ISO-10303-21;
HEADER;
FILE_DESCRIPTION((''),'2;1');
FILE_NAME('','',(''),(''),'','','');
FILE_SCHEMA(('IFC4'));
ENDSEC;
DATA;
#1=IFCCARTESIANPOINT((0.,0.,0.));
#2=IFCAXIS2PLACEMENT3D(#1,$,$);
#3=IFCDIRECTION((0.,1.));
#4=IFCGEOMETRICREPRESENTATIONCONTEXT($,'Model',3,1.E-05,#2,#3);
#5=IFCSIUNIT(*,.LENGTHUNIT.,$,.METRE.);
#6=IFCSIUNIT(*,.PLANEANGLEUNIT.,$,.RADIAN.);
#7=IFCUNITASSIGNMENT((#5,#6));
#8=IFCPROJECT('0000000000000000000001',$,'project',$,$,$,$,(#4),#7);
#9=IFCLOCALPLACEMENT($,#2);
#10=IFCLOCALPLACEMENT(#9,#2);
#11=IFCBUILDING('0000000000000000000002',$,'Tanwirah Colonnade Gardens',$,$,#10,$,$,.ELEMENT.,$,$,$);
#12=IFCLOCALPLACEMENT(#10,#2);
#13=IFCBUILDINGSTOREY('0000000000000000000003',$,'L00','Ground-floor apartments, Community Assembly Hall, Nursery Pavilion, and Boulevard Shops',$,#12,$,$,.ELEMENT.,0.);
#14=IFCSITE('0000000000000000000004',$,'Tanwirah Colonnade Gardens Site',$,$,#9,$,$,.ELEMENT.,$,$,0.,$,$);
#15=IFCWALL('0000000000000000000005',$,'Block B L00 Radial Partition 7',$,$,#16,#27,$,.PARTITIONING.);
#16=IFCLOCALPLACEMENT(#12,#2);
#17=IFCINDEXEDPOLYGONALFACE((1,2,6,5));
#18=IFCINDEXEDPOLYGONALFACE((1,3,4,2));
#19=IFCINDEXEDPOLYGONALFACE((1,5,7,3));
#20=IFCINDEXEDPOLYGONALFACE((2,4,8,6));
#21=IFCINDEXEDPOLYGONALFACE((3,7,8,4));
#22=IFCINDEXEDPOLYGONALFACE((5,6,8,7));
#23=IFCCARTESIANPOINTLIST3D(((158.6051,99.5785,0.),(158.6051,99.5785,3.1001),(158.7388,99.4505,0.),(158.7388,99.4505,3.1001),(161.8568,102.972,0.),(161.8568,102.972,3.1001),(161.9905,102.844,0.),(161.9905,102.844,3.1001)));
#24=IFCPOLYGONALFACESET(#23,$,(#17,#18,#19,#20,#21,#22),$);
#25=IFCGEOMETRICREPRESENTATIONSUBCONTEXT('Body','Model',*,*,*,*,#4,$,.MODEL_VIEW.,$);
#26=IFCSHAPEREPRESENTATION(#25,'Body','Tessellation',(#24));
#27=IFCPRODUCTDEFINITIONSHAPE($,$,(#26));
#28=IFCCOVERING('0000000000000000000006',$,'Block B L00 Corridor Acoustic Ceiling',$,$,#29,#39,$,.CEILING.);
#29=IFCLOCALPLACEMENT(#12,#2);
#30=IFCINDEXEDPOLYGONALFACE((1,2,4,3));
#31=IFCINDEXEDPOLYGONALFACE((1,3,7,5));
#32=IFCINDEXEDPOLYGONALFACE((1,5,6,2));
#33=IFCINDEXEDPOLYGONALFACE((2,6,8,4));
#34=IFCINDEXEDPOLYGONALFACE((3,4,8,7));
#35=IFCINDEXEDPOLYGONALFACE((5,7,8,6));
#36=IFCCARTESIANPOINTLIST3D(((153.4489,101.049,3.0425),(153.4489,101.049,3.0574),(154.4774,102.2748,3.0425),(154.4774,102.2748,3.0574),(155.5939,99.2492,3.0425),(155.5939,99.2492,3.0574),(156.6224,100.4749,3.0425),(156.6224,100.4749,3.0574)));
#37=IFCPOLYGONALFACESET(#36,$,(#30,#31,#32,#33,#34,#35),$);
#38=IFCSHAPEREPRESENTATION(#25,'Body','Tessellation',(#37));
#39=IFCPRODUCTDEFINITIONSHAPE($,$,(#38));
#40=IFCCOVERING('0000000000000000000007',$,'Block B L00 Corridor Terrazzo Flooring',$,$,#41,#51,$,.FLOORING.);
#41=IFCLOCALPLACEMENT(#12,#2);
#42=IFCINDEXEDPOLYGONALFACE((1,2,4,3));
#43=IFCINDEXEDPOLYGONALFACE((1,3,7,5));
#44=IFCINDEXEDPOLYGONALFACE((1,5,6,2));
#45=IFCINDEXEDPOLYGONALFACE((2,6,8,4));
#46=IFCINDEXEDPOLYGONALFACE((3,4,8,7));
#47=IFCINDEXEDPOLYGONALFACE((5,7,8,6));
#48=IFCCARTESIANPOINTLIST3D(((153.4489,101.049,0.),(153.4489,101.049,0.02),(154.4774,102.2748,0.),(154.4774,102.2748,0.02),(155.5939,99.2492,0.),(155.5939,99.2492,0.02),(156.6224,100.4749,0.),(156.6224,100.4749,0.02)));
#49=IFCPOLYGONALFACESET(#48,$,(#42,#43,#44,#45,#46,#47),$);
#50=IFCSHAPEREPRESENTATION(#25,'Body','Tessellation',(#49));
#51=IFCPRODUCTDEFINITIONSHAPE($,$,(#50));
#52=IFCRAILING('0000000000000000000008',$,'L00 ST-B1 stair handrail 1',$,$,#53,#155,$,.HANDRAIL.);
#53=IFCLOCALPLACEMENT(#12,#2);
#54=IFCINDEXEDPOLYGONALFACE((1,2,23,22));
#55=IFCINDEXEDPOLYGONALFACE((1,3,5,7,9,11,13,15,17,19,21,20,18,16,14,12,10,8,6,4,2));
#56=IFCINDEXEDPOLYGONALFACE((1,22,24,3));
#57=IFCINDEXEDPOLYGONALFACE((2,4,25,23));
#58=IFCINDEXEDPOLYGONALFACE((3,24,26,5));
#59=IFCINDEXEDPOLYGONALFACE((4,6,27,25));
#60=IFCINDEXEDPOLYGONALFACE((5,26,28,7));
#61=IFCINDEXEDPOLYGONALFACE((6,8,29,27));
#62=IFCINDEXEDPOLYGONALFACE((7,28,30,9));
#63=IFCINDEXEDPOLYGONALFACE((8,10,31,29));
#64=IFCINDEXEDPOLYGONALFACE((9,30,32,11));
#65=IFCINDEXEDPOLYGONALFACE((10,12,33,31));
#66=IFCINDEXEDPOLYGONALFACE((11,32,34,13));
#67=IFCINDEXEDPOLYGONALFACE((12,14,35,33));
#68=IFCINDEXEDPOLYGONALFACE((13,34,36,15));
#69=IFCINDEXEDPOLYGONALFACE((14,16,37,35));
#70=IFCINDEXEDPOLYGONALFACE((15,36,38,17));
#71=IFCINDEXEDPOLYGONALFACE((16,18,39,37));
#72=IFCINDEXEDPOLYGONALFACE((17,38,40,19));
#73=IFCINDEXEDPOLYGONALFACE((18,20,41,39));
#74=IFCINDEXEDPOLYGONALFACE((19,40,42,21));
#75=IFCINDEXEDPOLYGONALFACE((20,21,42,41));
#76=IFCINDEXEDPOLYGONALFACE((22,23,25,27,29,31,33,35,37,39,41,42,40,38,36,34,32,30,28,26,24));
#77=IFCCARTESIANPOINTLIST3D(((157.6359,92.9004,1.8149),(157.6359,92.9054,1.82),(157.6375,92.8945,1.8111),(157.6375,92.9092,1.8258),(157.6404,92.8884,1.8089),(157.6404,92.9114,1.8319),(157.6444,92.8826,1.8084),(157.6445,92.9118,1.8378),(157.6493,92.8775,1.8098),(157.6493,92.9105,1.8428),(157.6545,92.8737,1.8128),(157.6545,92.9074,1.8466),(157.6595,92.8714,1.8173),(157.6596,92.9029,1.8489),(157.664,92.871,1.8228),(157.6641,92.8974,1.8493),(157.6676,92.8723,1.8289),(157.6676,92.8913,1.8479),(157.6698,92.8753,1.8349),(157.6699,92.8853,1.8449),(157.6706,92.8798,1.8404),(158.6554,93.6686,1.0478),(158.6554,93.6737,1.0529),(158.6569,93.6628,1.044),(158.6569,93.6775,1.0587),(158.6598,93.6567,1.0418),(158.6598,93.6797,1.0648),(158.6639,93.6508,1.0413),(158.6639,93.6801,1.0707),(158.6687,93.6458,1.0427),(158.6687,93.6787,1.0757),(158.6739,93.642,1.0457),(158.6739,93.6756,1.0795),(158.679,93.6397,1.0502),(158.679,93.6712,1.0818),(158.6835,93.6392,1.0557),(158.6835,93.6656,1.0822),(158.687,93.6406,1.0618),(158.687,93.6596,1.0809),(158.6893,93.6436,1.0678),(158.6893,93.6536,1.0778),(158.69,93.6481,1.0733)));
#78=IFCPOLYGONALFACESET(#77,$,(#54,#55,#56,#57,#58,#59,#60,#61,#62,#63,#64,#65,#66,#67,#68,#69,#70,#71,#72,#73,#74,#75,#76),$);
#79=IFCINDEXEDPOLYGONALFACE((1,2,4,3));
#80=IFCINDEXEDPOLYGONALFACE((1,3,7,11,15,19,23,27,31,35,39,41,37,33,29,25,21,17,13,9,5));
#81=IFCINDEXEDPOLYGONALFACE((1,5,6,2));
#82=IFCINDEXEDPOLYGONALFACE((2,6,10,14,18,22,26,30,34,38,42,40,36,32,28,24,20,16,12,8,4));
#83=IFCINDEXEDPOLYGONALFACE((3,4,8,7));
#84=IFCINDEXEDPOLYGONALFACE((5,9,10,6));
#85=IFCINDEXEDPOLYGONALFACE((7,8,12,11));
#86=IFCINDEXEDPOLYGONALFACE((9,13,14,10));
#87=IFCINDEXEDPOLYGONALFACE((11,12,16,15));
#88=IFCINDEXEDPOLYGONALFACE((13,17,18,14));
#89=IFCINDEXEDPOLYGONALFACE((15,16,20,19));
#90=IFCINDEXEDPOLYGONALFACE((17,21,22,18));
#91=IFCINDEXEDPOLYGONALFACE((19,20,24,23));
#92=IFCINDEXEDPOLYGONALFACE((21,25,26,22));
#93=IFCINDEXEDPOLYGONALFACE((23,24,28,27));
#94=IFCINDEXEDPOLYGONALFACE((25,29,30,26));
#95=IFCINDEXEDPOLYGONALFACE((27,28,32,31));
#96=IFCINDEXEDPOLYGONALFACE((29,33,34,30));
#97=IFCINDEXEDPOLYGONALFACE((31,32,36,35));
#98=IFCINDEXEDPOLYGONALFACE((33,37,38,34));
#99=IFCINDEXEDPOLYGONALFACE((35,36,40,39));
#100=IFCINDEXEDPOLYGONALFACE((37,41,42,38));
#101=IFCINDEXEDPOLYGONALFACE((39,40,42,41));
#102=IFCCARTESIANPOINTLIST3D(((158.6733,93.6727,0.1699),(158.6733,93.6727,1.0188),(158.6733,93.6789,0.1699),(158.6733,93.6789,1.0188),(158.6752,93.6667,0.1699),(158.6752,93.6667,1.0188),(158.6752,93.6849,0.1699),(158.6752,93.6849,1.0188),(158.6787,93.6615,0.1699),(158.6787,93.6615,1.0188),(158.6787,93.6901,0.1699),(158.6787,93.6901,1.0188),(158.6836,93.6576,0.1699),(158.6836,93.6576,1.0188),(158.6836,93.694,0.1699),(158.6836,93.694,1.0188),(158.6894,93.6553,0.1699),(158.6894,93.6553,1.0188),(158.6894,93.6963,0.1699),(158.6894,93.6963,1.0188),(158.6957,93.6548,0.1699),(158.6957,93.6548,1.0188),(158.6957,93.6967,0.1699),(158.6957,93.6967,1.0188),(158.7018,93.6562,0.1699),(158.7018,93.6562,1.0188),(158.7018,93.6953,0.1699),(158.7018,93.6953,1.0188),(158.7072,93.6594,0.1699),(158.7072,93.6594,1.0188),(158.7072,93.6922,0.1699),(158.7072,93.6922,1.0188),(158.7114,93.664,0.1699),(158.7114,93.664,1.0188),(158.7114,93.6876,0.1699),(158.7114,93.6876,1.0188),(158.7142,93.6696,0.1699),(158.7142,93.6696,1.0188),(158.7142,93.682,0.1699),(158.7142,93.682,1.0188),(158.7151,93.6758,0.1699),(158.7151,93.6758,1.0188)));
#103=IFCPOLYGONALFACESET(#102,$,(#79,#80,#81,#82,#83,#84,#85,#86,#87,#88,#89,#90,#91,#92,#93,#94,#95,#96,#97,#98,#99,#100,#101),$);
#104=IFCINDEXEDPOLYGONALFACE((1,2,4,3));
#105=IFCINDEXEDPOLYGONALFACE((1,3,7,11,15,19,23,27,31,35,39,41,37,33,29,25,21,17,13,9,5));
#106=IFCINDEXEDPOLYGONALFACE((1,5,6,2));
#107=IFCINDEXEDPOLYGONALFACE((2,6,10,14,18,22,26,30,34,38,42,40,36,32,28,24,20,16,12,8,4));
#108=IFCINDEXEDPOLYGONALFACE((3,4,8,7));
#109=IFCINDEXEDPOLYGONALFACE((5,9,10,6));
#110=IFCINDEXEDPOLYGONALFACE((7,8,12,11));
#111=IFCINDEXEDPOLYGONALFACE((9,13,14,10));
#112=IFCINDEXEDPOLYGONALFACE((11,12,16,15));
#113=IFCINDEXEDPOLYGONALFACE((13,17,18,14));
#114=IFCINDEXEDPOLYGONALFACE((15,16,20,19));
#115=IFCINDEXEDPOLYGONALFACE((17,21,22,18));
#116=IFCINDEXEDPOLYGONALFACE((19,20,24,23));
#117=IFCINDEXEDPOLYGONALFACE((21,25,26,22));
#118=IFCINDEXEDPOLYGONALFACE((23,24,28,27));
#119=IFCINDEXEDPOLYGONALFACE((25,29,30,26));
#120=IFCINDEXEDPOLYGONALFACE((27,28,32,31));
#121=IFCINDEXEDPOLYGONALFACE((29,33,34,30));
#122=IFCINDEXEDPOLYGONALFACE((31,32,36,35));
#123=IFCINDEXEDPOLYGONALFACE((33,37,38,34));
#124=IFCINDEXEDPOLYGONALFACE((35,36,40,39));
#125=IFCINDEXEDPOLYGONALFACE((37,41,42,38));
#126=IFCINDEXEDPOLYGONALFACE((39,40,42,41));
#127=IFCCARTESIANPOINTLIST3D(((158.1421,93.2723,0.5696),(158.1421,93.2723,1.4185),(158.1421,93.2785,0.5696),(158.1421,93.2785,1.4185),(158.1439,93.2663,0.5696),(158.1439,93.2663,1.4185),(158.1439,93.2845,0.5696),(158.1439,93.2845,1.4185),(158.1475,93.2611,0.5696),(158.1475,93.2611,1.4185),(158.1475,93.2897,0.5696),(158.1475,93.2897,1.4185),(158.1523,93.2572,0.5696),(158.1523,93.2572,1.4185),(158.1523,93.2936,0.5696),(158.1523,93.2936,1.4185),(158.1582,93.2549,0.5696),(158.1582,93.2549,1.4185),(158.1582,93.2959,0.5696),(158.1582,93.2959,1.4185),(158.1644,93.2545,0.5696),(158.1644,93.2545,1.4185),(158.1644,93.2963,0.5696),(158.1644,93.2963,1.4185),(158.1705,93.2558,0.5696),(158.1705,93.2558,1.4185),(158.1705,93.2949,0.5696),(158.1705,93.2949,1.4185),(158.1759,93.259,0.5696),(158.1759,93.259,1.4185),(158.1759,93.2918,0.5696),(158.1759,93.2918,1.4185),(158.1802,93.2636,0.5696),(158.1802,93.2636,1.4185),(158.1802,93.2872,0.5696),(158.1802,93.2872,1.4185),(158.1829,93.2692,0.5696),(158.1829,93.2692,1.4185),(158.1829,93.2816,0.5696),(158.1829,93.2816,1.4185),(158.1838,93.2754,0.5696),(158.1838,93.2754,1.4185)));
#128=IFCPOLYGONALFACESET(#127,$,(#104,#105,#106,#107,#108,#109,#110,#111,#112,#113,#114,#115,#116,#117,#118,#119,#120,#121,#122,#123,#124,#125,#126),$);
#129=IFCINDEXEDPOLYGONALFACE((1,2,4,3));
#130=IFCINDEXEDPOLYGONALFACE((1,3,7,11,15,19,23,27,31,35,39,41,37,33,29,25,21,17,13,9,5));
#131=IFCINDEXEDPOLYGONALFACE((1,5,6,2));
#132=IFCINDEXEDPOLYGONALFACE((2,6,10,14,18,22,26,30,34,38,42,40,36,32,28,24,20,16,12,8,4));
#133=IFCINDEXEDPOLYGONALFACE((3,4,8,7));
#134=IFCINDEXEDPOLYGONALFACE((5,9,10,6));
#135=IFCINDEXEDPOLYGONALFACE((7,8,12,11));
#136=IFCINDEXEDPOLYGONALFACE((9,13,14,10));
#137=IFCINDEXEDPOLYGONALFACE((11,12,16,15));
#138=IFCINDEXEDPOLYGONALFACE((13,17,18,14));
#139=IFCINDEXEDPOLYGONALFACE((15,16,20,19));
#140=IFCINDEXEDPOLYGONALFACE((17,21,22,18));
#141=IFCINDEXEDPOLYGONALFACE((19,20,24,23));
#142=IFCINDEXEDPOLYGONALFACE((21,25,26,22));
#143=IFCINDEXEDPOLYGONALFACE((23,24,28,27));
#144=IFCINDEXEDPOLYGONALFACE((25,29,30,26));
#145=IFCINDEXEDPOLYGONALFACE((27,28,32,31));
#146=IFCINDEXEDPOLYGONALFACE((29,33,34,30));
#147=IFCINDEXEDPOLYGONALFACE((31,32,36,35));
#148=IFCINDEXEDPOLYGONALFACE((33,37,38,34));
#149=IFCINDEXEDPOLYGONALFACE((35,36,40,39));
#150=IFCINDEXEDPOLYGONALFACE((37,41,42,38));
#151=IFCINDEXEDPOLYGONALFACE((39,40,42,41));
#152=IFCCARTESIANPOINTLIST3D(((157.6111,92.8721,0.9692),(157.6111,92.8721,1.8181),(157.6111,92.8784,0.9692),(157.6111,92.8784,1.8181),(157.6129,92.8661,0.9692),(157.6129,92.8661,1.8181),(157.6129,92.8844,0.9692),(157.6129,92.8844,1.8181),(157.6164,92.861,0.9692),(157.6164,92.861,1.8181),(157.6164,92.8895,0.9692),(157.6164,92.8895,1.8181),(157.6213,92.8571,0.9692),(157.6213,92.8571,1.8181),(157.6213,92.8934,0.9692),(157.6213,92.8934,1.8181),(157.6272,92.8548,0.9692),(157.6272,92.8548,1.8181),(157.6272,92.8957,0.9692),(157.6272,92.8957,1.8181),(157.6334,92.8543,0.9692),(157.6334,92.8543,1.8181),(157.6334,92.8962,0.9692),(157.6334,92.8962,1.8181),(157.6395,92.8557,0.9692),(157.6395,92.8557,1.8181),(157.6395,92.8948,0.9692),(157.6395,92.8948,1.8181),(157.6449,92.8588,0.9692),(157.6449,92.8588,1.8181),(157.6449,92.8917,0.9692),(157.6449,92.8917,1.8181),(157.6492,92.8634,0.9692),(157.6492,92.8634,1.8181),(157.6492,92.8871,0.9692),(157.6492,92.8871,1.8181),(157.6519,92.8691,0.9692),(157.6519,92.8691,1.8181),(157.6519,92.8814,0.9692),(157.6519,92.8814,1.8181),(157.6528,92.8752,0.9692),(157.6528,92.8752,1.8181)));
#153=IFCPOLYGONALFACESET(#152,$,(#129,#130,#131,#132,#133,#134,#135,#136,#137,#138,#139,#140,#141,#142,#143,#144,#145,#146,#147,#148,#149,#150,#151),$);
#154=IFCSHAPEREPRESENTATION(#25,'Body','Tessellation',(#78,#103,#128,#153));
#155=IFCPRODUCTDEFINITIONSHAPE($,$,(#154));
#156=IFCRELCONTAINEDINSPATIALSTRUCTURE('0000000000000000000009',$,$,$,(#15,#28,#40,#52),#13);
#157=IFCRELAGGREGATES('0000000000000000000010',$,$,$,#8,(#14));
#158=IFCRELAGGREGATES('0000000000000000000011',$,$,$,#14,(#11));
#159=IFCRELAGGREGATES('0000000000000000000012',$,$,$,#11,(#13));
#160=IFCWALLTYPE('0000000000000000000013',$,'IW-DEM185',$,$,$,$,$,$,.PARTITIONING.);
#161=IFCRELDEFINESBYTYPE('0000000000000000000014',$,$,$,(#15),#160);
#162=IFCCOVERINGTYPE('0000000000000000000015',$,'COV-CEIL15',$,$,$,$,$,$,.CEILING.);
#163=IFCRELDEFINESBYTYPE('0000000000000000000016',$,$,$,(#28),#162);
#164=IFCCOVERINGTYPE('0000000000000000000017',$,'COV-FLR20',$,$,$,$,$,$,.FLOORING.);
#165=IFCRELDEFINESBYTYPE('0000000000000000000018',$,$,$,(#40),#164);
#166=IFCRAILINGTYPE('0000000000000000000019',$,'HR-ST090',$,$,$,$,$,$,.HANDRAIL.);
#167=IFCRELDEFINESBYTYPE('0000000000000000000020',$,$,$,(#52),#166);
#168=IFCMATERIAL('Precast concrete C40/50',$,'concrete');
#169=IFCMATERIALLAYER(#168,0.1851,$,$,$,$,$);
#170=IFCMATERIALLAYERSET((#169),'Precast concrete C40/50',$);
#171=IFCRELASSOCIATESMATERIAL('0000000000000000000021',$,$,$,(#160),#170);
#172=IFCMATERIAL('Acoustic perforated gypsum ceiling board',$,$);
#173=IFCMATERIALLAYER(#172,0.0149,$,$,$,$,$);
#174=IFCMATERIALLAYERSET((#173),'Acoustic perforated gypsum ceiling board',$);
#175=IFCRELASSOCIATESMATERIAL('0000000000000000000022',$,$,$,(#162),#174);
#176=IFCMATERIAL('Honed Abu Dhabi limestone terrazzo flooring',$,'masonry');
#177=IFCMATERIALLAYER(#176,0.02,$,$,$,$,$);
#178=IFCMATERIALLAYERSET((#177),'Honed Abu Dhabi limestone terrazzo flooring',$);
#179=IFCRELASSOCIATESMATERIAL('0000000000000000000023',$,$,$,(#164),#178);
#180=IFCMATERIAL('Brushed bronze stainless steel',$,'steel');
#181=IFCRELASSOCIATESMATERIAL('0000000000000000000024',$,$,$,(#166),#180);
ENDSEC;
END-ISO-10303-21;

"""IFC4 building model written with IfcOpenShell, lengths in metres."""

from ifc_helpers import new_model, si_unit, direction, frame, frame_2d, origin, origin_2d, place, context, subcontext, project, spatial, rectangle, circle, extrude, material, layer, layer_set, type_object, element, save


model = new_model("IFC4")

# Units and contexts
model_context = context("Model", 3, precision=1e-05, world=origin(), true_north=direction((0.0, 1.0)))
body_context = subcontext(model_context, "Body", "Model", "MODEL_VIEW")
ifc_project = project(units=[si_unit("LENGTHUNIT", "METRE"), si_unit("PLANEANGLEUNIT", "RADIAN")], contexts=[model_context])

# Site, building, storey
site_placement = place(None, origin())
site = spatial("IfcSite", under=ifc_project, at=site_placement, Name="Tanwirah Colonnade Gardens Site", CompositionType="ELEMENT", RefElevation=0.0)
building_placement = place(site_placement, origin())
building = spatial("IfcBuilding", under=site, at=building_placement, Name="Tanwirah Colonnade Gardens", CompositionType="ELEMENT")
storey_placement = place(building_placement, origin())
storey = spatial("IfcBuildingStorey", under=building, at=storey_placement, Name="L00", Description="Ground-floor apartments, Community Assembly Hall, Nursery Pavilion, and Boulevard Shops", CompositionType="ELEMENT", Elevation=0.0)

# Shared definitions
ifc_material_1 = material(Name="Precast concrete C40/50", Category="concrete")

# Wall
ifc_layer_1 = layer(ifc_material_1, 0.1851)
ifc_layer_set_1 = layer_set([ifc_layer_1], Name="Precast concrete C40/50")
wall_type_1 = type_object("IfcWallType", Name="IW-DEM185", PredefinedType="PARTITIONING", material=ifc_layer_set_1)
wall_1_placement = place(storey_placement, frame((158.6719, 99.5144, 0.0), z_axis=(0.0, 0.0, 1.0), x_axis=(0.691856, 0.722036, 0.0)))
element("IfcWall", 1, at=wall_1_placement, inside=storey, type_object=wall_type_1, Name="Block B L00 Radial Partition 7", PredefinedType="PARTITIONING", context=body_context, shape_type="SweptSolid", body=[
    extrude(rectangle(XDim=4.7, YDim=0.1851, at=frame_2d((2.3501, 0.0))), origin(), (0.0, 0.0, 1.0), 3.1001),
])

# Coverings
ifc_material_2 = material(Name="Acoustic perforated gypsum ceiling board")
ifc_layer_2 = layer(ifc_material_2, 0.0149)
ifc_layer_set_2 = layer_set([ifc_layer_2], Name="Acoustic perforated gypsum ceiling board")
covering_type_1 = type_object("IfcCoveringType", Name="COV-CEIL15", PredefinedType="CEILING", material=ifc_layer_set_2)
covering_1_placement = place(storey_placement, frame((155.0356, 100.762, 3.0425), z_axis=(0.0, 0.0, 1.0), x_axis=(-0.766044, 0.642788, 0.0)))
element("IfcCovering", 2, at=covering_1_placement, inside=storey, type_object=covering_type_1, Name="Block B L00 Corridor Acoustic Ceiling", PredefinedType="CEILING", context=body_context, shape_type="SweptSolid", body=[
    extrude(rectangle(XDim=2.8, YDim=1.6001, at=origin_2d()), origin(), (0.0, 0.0, 1.0), 0.0149),
])
ifc_material_3 = material(Name="Honed Abu Dhabi limestone terrazzo flooring", Category="masonry")
ifc_layer_3 = layer(ifc_material_3, 0.02)
ifc_layer_set_3 = layer_set([ifc_layer_3], Name="Honed Abu Dhabi limestone terrazzo flooring")
covering_type_2 = type_object("IfcCoveringType", Name="COV-FLR20", PredefinedType="FLOORING", material=ifc_layer_set_3)
covering_2_placement = place(storey_placement, frame((155.0356, 100.762, 0.0), z_axis=(0.0, 0.0, 1.0), x_axis=(-0.766044, 0.642788, 0.0)))
element("IfcCovering", 3, at=covering_2_placement, inside=storey, type_object=covering_type_2, Name="Block B L00 Corridor Terrazzo Flooring", PredefinedType="FLOORING", context=body_context, shape_type="SweptSolid", body=[
    extrude(rectangle(XDim=2.8, YDim=1.6001, at=origin_2d()), origin(), (0.0, 0.0, 1.0), 0.02),
])

# Railing
ifc_material_4 = material(Name="Brushed bronze stainless steel", Category="steel")
railing_type = type_object("IfcRailingType", Name="HR-ST090", PredefinedType="HANDRAIL", material=ifc_material_4)
railing_1_placement = place(storey_placement, frame((158.6941, 93.6758, 0.1699)))
element("IfcRailing", 4, at=railing_1_placement, inside=storey, type_object=railing_type, Name="L00 ST-B1 stair handrail 1", PredefinedType="HANDRAIL", context=body_context, shape_type="SweptSolid", body=[
    extrude(circle(Radius=0.0239, at=origin_2d()), frame((-0.0215, -0.0161, 0.8918), z_axis=(-0.684521, -0.515869, 0.515082), x_axis=(0.601849, -0.79861, 0.0)), (0.0, 0.0, 1.0), 1.4893),
    extrude(circle(Radius=0.021, at=origin_2d()), origin(), (0.0, 0.0, 1.0), 0.8489),
    extrude(circle(Radius=0.021, at=origin_2d()), frame((-0.5312, -0.4004, 0.3997)), (0.0, 0.0, 1.0), 0.8489),
    extrude(circle(Radius=0.021, at=origin_2d()), frame((-1.0623, -0.8005, 0.7993)), (0.0, 0.0, 1.0), 0.8489),
])

save(model, "model.ifc")
